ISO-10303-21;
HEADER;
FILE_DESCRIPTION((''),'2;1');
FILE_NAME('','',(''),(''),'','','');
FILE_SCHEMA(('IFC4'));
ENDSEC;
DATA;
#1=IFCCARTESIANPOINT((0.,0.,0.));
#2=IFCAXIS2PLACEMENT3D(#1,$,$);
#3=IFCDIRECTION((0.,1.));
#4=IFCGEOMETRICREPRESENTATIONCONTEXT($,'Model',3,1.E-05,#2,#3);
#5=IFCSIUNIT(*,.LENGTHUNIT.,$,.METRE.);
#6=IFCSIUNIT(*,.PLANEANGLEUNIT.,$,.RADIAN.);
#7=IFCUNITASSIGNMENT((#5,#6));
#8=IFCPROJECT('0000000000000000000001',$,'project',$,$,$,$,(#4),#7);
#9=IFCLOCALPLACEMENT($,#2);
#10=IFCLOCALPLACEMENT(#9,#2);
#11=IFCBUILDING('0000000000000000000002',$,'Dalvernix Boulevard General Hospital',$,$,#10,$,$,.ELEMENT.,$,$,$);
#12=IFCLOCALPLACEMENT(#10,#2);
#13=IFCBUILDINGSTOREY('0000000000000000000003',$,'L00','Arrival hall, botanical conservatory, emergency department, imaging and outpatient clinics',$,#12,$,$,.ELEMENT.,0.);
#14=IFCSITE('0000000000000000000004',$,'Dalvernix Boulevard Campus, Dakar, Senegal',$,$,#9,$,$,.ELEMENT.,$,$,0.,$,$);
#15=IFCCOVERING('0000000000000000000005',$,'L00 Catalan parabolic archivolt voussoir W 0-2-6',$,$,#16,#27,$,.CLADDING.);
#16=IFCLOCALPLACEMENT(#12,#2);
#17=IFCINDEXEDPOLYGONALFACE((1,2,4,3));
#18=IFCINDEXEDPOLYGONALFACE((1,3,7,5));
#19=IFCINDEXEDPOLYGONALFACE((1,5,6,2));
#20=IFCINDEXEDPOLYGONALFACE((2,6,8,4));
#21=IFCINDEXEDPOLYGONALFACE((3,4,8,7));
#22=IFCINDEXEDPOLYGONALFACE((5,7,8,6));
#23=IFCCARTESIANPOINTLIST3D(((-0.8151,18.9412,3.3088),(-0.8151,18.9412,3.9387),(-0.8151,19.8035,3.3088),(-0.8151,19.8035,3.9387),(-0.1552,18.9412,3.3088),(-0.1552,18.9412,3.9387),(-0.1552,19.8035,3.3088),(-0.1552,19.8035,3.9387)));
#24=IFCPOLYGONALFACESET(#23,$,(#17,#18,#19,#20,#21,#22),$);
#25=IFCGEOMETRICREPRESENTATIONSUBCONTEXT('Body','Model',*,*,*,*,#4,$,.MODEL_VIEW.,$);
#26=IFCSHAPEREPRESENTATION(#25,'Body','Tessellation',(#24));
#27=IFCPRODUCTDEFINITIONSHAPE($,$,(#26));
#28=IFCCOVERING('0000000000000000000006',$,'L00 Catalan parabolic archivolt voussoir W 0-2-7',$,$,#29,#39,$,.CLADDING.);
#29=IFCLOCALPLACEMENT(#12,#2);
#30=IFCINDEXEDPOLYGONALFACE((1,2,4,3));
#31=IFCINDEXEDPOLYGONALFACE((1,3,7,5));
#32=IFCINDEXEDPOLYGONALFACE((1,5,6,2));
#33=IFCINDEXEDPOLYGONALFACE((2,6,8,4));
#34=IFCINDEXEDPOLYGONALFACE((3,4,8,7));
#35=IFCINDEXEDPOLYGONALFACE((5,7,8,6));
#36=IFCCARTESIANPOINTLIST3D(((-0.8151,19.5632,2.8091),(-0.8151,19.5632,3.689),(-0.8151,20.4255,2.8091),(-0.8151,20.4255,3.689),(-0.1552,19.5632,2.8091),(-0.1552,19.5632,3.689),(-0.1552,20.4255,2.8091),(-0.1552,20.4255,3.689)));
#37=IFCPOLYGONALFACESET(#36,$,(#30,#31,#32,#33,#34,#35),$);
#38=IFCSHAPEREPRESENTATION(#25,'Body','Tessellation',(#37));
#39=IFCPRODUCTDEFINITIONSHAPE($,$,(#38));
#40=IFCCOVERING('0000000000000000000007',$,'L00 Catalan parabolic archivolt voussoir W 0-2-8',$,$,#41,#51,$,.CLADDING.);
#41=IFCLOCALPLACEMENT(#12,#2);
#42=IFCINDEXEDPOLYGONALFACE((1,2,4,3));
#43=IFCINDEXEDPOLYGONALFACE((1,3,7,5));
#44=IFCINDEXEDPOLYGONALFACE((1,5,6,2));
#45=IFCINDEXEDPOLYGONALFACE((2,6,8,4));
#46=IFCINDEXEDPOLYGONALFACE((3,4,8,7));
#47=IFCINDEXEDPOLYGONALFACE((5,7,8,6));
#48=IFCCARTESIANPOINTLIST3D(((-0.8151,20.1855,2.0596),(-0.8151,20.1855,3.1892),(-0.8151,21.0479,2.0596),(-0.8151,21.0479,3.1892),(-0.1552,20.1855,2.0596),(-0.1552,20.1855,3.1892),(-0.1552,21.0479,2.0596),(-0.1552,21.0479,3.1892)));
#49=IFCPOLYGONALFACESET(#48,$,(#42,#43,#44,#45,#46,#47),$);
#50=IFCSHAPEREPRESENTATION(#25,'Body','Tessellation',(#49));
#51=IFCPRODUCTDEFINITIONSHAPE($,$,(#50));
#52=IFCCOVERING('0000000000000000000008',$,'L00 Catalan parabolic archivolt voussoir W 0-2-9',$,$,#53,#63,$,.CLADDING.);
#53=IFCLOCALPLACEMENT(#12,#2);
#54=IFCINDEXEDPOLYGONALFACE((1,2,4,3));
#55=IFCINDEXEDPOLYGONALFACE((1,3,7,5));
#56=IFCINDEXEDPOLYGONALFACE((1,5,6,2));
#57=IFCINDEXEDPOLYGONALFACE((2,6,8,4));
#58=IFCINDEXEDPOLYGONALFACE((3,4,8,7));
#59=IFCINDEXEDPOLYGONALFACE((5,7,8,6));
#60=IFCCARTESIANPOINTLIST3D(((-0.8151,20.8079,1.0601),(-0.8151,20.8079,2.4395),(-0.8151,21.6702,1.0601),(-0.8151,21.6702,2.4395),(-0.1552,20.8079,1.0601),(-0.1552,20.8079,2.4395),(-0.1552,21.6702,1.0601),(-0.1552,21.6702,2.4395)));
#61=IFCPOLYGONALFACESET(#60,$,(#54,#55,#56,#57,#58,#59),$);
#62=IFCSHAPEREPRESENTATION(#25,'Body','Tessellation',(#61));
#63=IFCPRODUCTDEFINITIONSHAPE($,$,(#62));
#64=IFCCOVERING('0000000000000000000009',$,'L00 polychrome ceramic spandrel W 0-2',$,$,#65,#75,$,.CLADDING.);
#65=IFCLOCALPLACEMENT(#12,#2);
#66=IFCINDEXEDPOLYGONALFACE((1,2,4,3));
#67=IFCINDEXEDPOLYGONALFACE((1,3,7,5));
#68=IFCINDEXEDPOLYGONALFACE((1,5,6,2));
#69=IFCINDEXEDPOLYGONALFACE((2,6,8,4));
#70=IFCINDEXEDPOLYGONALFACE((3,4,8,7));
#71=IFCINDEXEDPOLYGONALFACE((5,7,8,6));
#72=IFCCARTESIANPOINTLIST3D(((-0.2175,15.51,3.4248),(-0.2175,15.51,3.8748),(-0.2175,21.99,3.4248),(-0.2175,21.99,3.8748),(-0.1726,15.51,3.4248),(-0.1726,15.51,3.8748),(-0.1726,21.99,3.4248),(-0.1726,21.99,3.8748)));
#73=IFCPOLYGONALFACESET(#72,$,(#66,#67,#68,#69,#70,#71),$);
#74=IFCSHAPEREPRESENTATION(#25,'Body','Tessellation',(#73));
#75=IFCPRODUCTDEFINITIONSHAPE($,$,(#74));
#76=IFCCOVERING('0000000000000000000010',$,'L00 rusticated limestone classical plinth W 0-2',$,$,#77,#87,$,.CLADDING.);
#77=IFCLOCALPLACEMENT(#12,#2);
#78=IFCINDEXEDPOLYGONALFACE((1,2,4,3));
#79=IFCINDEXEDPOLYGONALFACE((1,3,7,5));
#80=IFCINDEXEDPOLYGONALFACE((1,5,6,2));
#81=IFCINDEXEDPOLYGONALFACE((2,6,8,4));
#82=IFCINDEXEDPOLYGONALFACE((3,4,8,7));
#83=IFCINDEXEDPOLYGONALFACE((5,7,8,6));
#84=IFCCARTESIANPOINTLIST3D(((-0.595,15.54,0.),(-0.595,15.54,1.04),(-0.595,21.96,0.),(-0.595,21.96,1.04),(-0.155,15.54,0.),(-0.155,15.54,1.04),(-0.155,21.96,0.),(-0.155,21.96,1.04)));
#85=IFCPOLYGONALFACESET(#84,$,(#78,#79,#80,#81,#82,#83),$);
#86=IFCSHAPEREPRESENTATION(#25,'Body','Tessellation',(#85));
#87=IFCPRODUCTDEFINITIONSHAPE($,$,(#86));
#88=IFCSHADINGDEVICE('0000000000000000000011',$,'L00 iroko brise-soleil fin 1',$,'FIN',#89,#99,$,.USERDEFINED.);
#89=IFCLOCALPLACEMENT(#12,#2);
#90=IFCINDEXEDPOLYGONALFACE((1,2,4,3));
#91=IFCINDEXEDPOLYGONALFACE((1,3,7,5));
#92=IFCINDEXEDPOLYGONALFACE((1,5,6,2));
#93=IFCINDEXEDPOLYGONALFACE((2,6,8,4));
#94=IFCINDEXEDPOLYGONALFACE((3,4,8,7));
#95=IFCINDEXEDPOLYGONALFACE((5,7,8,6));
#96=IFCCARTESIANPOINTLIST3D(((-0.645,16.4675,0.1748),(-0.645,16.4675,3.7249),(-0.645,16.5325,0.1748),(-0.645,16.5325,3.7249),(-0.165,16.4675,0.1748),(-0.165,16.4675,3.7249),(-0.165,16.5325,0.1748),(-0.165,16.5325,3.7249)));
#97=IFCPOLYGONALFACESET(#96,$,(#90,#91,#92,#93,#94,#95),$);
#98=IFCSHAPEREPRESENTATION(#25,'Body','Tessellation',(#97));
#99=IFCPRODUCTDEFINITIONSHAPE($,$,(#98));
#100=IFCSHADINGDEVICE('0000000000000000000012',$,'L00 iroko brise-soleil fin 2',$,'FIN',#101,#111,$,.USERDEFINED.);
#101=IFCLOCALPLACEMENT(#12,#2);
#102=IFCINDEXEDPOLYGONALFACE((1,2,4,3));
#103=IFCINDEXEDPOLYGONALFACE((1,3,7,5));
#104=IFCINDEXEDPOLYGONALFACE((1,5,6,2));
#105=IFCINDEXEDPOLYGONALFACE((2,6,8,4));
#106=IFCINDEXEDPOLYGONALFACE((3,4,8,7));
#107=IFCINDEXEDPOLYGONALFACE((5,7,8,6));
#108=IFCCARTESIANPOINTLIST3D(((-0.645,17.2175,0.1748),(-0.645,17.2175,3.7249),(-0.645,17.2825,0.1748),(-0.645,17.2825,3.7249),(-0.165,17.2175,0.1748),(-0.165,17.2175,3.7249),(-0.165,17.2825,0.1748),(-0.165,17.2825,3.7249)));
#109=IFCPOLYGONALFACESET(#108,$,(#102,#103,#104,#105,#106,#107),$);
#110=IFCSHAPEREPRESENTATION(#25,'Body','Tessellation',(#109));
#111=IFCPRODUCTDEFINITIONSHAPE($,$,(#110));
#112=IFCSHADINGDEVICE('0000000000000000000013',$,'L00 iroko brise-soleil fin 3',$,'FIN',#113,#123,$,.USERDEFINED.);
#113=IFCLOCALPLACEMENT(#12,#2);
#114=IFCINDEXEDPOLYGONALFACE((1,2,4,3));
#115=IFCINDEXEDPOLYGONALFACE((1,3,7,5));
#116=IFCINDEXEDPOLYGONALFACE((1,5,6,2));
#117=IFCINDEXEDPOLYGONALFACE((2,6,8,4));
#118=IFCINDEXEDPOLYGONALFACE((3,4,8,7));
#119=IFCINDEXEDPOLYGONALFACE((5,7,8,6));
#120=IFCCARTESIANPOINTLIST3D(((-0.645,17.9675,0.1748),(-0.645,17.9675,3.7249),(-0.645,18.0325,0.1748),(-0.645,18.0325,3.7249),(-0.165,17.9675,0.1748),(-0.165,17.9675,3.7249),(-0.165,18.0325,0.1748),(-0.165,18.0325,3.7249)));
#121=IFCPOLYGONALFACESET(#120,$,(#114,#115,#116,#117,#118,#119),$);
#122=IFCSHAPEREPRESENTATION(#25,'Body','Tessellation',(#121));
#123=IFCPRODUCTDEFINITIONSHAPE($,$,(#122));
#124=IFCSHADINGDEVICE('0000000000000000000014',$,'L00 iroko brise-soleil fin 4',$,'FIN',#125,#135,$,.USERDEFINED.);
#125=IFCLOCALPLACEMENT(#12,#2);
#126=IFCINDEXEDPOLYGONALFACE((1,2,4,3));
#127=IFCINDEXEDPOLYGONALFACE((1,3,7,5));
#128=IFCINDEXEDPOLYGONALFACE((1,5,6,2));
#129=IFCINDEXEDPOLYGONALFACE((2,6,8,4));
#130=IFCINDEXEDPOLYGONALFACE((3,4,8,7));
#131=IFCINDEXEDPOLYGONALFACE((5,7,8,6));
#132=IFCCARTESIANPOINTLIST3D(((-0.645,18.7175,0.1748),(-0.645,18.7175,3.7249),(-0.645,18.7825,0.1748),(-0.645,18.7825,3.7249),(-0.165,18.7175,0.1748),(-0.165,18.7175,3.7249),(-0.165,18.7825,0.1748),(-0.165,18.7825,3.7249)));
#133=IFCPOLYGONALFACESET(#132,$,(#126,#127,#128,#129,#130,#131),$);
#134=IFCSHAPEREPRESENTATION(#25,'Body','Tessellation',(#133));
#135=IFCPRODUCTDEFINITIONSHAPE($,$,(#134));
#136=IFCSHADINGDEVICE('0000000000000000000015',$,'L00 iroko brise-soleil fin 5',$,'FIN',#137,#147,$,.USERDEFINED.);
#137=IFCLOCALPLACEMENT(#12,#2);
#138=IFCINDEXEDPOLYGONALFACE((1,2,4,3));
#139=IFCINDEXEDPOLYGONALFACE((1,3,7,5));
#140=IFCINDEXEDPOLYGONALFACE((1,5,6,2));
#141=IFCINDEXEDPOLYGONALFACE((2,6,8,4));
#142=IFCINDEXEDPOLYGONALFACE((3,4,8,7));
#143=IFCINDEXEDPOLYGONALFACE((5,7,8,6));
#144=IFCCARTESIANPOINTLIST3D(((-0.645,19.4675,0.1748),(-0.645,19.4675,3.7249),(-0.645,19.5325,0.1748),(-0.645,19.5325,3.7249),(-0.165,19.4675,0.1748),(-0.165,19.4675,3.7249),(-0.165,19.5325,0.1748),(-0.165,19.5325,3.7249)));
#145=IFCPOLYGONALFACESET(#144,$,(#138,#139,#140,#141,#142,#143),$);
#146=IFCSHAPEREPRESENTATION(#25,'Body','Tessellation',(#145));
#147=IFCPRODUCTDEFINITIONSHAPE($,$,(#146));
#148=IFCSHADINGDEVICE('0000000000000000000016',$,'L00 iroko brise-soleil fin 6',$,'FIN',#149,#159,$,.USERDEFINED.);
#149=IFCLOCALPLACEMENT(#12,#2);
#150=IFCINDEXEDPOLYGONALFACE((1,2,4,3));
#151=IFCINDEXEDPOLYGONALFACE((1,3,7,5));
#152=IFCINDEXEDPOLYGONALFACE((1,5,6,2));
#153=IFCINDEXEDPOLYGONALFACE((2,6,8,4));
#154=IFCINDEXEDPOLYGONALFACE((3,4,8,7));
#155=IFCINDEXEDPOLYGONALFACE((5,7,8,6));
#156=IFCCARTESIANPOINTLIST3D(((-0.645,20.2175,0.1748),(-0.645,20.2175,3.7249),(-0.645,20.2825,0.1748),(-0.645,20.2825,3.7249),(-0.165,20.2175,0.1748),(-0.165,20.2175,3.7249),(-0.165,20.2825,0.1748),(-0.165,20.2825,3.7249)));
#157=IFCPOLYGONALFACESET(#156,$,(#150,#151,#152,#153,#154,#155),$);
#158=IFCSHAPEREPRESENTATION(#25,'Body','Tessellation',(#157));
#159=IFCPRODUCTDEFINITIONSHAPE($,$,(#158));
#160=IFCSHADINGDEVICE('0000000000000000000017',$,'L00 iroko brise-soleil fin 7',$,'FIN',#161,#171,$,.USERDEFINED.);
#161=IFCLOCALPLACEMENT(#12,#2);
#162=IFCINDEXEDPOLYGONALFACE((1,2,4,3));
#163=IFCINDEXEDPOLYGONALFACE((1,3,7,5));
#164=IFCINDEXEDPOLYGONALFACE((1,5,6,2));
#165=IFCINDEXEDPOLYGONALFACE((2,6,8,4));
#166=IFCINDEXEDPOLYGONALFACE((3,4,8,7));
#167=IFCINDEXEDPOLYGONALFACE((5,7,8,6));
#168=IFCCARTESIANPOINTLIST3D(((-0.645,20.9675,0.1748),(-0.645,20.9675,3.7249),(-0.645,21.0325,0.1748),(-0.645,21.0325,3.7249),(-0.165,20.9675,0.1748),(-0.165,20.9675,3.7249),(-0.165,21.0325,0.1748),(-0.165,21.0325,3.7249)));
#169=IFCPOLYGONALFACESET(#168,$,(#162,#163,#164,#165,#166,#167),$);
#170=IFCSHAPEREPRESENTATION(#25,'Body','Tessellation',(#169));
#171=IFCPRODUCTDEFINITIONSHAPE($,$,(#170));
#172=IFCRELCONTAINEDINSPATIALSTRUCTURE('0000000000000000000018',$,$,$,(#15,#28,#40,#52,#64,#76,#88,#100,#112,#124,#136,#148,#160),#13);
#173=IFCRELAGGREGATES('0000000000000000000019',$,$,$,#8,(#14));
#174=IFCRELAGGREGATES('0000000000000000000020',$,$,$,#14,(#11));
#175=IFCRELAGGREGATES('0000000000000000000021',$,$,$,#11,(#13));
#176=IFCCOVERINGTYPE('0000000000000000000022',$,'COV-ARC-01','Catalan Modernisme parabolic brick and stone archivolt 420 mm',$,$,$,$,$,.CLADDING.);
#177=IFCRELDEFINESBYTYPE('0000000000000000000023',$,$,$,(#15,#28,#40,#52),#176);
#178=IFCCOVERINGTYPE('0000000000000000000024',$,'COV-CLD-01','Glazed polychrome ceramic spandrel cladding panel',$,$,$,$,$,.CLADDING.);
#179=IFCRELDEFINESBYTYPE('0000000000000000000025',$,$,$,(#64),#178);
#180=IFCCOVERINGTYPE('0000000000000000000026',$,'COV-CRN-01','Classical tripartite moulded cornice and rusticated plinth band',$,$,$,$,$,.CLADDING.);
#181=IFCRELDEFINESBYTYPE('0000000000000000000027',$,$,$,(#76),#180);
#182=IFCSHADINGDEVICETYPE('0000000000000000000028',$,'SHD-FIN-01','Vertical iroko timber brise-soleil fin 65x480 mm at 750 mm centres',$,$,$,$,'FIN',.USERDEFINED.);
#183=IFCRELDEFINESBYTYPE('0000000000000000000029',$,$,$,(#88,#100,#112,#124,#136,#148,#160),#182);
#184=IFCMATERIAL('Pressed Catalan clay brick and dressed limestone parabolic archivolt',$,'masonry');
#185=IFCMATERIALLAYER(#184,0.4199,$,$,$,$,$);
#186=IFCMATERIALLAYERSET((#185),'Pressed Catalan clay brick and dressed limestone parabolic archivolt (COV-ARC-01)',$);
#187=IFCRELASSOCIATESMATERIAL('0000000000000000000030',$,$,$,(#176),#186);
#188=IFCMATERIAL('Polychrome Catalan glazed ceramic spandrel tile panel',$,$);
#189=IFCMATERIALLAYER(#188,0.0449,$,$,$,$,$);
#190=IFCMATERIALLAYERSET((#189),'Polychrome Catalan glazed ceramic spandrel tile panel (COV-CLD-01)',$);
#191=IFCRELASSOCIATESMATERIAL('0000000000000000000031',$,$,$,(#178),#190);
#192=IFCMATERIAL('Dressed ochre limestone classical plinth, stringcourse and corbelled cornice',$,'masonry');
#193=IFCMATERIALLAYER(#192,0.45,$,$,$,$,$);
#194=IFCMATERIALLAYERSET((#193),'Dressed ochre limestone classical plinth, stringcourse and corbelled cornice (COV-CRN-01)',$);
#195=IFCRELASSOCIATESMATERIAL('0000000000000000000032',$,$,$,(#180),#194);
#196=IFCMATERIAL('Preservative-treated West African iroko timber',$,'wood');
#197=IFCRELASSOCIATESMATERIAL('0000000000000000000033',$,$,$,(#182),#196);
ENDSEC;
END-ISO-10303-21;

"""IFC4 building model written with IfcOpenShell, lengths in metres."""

from ifc_helpers import new_model, si_unit, direction, frame, origin, origin_2d, place, context, subcontext, project, spatial, rectangle, extrude, material, layer, layer_set, type_object, element, save


model = new_model("IFC4")

# Units and contexts
model_context = context("Model", 3, precision=1e-05, world=origin(), true_north=direction((0.0, 1.0)))
body_context = subcontext(model_context, "Body", "Model", "MODEL_VIEW")
ifc_project = project(units=[si_unit("LENGTHUNIT", "METRE"), si_unit("PLANEANGLEUNIT", "RADIAN")], contexts=[model_context])

# Site, building, storey
site_placement = place(None, origin())
site = spatial("IfcSite", under=ifc_project, at=site_placement, Name="Dalvernix Boulevard Campus, Dakar, Senegal", CompositionType="ELEMENT", RefElevation=0.0)
building_placement = place(site_placement, origin())
building = spatial("IfcBuilding", under=site, at=building_placement, Name="Dalvernix Boulevard General Hospital", CompositionType="ELEMENT")
storey_placement = place(building_placement, origin())
storey = spatial("IfcBuildingStorey", under=building, at=storey_placement, Name="L00", Description="Arrival hall, botanical conservatory, emergency department, imaging and outpatient clinics", CompositionType="ELEMENT", Elevation=0.0)

# Coverings
ifc_material_1 = material(Name="Pressed Catalan clay brick and dressed limestone parabolic archivolt", Category="masonry")
ifc_layer_1 = layer(ifc_material_1, 0.4199)
ifc_layer_set_1 = layer_set([ifc_layer_1], Name="Pressed Catalan clay brick and dressed limestone parabolic archivolt (COV-ARC-01)")
covering_type_1 = type_object("IfcCoveringType", Name="COV-ARC-01", Description="Catalan Modernisme parabolic brick and stone archivolt 420 mm", PredefinedType="CLADDING", material=ifc_layer_set_1)
covering_1_placement = place(storey_placement, frame((-0.4851, 19.3723, 3.3088), z_axis=(0.0, 0.0, 1.0), x_axis=(0.0, 1.0, 0.0)))
element("IfcCovering", 1, at=covering_1_placement, inside=storey, type_object=covering_type_1, Name="L00 Catalan parabolic archivolt voussoir W 0-2-6", PredefinedType="CLADDING", context=body_context, shape_type="SweptSolid", body=[
    extrude(rectangle(XDim=0.8623, YDim=0.6599, at=origin_2d()), origin(), (0.0, 0.0, 1.0), 0.6299),
])
covering_2_placement = place(storey_placement, frame((-0.4851, 19.9944, 2.8091), z_axis=(0.0, 0.0, 1.0), x_axis=(0.0, 1.0, 0.0)))
element("IfcCovering", 2, at=covering_2_placement, inside=storey, type_object=covering_type_1, Name="L00 Catalan parabolic archivolt voussoir W 0-2-7", PredefinedType="CLADDING", context=body_context, shape_type="SweptSolid", body=[
    extrude(rectangle(XDim=0.8623, YDim=0.6599, at=origin_2d()), origin(), (0.0, 0.0, 1.0), 0.8799),
])
covering_3_placement = place(storey_placement, frame((-0.4851, 20.6167, 2.0596), z_axis=(0.0, 0.0, 1.0), x_axis=(0.0, 1.0, 0.0)))
element("IfcCovering", 3, at=covering_3_placement, inside=storey, type_object=covering_type_1, Name="L00 Catalan parabolic archivolt voussoir W 0-2-8", PredefinedType="CLADDING", context=body_context, shape_type="SweptSolid", body=[
    extrude(rectangle(XDim=0.8623, YDim=0.6599, at=origin_2d()), origin(), (0.0, 0.0, 1.0), 1.1296),
])
covering_4_placement = place(storey_placement, frame((-0.4851, 21.239, 1.0601), z_axis=(0.0, 0.0, 1.0), x_axis=(0.0, 1.0, 0.0)))
element("IfcCovering", 4, at=covering_4_placement, inside=storey, type_object=covering_type_1, Name="L00 Catalan parabolic archivolt voussoir W 0-2-9", PredefinedType="CLADDING", context=body_context, shape_type="SweptSolid", body=[
    extrude(rectangle(XDim=0.8623, YDim=0.6599, at=origin_2d()), origin(), (0.0, 0.0, 1.0), 1.3794),
])
ifc_material_2 = material(Name="Polychrome Catalan glazed ceramic spandrel tile panel")
ifc_layer_2 = layer(ifc_material_2, 0.0449)
ifc_layer_set_2 = layer_set([ifc_layer_2], Name="Polychrome Catalan glazed ceramic spandrel tile panel (COV-CLD-01)")
covering_type_2 = type_object("IfcCoveringType", Name="COV-CLD-01", Description="Glazed polychrome ceramic spandrel cladding panel", PredefinedType="CLADDING", material=ifc_layer_set_2)
covering_5_placement = place(storey_placement, frame((-0.1951, 18.75, 3.4248), z_axis=(0.0, 0.0, 1.0), x_axis=(0.0, 1.0, 0.0)))
element("IfcCovering", 5, at=covering_5_placement, inside=storey, type_object=covering_type_2, Name="L00 polychrome ceramic spandrel W 0-2", PredefinedType="CLADDING", context=body_context, shape_type="SweptSolid", body=[
    extrude(rectangle(XDim=6.48, YDim=0.0449, at=origin_2d()), origin(), (0.0, 0.0, 1.0), 0.45),
])
ifc_material_3 = material(Name="Dressed ochre limestone classical plinth, stringcourse and corbelled cornice", Category="masonry")
ifc_layer_3 = layer(ifc_material_3, 0.45)
ifc_layer_set_3 = layer_set([ifc_layer_3], Name="Dressed ochre limestone classical plinth, stringcourse and corbelled cornice (COV-CRN-01)")
covering_type_3 = type_object("IfcCoveringType", Name="COV-CRN-01", Description="Classical tripartite moulded cornice and rusticated plinth band", PredefinedType="CLADDING", material=ifc_layer_set_3)
covering_6_placement = place(storey_placement, frame((-0.375, 18.75, 0.0), z_axis=(0.0, 0.0, 1.0), x_axis=(0.0, 1.0, 0.0)))
element("IfcCovering", 6, at=covering_6_placement, inside=storey, type_object=covering_type_3, Name="L00 rusticated limestone classical plinth W 0-2", PredefinedType="CLADDING", context=body_context, shape_type="SweptSolid", body=[
    extrude(rectangle(XDim=6.4199, YDim=0.4399, at=origin_2d()), origin(), (0.0, 0.0, 1.0), 1.04),
])

# Shading devices
ifc_material_4 = material(Name="Preservative-treated West African iroko timber", Category="wood")
shading_device_type = type_object("IfcShadingDeviceType", Name="SHD-FIN-01", Description="Vertical iroko timber brise-soleil fin 65x480 mm at 750 mm centres", ElementType="FIN", PredefinedType="USERDEFINED", material=ifc_material_4)
for number, where, z_axis, x_axis, name in (
    (7, (-0.405, 16.5, 0.1748), (0.0, 0.0, 1.0), (0.0, 1.0, 0.0), "L00 iroko brise-soleil fin 1"),
    (8, (-0.405, 17.25, 0.1748), (0.0, 0.0, 1.0), (0.0, 1.0, 0.0), "L00 iroko brise-soleil fin 2"),
    (9, (-0.405, 18.0, 0.1748), (0.0, 0.0, 1.0), (0.0, 1.0, 0.0), "L00 iroko brise-soleil fin 3"),
    (10, (-0.405, 18.75, 0.1748), (0.0, 0.0, 1.0), (0.0, 1.0, 0.0), "L00 iroko brise-soleil fin 4"),
    (11, (-0.405, 19.5, 0.1748), (0.0, 0.0, 1.0), (0.0, 1.0, 0.0), "L00 iroko brise-soleil fin 5"),
    (12, (-0.405, 20.25, 0.1748), (0.0, 0.0, 1.0), (0.0, 1.0, 0.0), "L00 iroko brise-soleil fin 6"),
    (13, (-0.405, 21.0, 0.1748), (0.0, 0.0, 1.0), (0.0, 1.0, 0.0), "L00 iroko brise-soleil fin 7"),
):
    element("IfcShadingDevice", number, at=place(storey_placement, frame(where, z_axis=z_axis, x_axis=x_axis)), inside=storey, type_object=shading_device_type, Name=name, ObjectType="FIN", PredefinedType="USERDEFINED", context=body_context, shape_type="SweptSolid", body=[
        extrude(rectangle(XDim=0.0649, YDim=0.48, at=origin_2d()), origin(), (0.0, 0.0, 1.0), 3.55),
    ])

save(model, "model.ifc")
